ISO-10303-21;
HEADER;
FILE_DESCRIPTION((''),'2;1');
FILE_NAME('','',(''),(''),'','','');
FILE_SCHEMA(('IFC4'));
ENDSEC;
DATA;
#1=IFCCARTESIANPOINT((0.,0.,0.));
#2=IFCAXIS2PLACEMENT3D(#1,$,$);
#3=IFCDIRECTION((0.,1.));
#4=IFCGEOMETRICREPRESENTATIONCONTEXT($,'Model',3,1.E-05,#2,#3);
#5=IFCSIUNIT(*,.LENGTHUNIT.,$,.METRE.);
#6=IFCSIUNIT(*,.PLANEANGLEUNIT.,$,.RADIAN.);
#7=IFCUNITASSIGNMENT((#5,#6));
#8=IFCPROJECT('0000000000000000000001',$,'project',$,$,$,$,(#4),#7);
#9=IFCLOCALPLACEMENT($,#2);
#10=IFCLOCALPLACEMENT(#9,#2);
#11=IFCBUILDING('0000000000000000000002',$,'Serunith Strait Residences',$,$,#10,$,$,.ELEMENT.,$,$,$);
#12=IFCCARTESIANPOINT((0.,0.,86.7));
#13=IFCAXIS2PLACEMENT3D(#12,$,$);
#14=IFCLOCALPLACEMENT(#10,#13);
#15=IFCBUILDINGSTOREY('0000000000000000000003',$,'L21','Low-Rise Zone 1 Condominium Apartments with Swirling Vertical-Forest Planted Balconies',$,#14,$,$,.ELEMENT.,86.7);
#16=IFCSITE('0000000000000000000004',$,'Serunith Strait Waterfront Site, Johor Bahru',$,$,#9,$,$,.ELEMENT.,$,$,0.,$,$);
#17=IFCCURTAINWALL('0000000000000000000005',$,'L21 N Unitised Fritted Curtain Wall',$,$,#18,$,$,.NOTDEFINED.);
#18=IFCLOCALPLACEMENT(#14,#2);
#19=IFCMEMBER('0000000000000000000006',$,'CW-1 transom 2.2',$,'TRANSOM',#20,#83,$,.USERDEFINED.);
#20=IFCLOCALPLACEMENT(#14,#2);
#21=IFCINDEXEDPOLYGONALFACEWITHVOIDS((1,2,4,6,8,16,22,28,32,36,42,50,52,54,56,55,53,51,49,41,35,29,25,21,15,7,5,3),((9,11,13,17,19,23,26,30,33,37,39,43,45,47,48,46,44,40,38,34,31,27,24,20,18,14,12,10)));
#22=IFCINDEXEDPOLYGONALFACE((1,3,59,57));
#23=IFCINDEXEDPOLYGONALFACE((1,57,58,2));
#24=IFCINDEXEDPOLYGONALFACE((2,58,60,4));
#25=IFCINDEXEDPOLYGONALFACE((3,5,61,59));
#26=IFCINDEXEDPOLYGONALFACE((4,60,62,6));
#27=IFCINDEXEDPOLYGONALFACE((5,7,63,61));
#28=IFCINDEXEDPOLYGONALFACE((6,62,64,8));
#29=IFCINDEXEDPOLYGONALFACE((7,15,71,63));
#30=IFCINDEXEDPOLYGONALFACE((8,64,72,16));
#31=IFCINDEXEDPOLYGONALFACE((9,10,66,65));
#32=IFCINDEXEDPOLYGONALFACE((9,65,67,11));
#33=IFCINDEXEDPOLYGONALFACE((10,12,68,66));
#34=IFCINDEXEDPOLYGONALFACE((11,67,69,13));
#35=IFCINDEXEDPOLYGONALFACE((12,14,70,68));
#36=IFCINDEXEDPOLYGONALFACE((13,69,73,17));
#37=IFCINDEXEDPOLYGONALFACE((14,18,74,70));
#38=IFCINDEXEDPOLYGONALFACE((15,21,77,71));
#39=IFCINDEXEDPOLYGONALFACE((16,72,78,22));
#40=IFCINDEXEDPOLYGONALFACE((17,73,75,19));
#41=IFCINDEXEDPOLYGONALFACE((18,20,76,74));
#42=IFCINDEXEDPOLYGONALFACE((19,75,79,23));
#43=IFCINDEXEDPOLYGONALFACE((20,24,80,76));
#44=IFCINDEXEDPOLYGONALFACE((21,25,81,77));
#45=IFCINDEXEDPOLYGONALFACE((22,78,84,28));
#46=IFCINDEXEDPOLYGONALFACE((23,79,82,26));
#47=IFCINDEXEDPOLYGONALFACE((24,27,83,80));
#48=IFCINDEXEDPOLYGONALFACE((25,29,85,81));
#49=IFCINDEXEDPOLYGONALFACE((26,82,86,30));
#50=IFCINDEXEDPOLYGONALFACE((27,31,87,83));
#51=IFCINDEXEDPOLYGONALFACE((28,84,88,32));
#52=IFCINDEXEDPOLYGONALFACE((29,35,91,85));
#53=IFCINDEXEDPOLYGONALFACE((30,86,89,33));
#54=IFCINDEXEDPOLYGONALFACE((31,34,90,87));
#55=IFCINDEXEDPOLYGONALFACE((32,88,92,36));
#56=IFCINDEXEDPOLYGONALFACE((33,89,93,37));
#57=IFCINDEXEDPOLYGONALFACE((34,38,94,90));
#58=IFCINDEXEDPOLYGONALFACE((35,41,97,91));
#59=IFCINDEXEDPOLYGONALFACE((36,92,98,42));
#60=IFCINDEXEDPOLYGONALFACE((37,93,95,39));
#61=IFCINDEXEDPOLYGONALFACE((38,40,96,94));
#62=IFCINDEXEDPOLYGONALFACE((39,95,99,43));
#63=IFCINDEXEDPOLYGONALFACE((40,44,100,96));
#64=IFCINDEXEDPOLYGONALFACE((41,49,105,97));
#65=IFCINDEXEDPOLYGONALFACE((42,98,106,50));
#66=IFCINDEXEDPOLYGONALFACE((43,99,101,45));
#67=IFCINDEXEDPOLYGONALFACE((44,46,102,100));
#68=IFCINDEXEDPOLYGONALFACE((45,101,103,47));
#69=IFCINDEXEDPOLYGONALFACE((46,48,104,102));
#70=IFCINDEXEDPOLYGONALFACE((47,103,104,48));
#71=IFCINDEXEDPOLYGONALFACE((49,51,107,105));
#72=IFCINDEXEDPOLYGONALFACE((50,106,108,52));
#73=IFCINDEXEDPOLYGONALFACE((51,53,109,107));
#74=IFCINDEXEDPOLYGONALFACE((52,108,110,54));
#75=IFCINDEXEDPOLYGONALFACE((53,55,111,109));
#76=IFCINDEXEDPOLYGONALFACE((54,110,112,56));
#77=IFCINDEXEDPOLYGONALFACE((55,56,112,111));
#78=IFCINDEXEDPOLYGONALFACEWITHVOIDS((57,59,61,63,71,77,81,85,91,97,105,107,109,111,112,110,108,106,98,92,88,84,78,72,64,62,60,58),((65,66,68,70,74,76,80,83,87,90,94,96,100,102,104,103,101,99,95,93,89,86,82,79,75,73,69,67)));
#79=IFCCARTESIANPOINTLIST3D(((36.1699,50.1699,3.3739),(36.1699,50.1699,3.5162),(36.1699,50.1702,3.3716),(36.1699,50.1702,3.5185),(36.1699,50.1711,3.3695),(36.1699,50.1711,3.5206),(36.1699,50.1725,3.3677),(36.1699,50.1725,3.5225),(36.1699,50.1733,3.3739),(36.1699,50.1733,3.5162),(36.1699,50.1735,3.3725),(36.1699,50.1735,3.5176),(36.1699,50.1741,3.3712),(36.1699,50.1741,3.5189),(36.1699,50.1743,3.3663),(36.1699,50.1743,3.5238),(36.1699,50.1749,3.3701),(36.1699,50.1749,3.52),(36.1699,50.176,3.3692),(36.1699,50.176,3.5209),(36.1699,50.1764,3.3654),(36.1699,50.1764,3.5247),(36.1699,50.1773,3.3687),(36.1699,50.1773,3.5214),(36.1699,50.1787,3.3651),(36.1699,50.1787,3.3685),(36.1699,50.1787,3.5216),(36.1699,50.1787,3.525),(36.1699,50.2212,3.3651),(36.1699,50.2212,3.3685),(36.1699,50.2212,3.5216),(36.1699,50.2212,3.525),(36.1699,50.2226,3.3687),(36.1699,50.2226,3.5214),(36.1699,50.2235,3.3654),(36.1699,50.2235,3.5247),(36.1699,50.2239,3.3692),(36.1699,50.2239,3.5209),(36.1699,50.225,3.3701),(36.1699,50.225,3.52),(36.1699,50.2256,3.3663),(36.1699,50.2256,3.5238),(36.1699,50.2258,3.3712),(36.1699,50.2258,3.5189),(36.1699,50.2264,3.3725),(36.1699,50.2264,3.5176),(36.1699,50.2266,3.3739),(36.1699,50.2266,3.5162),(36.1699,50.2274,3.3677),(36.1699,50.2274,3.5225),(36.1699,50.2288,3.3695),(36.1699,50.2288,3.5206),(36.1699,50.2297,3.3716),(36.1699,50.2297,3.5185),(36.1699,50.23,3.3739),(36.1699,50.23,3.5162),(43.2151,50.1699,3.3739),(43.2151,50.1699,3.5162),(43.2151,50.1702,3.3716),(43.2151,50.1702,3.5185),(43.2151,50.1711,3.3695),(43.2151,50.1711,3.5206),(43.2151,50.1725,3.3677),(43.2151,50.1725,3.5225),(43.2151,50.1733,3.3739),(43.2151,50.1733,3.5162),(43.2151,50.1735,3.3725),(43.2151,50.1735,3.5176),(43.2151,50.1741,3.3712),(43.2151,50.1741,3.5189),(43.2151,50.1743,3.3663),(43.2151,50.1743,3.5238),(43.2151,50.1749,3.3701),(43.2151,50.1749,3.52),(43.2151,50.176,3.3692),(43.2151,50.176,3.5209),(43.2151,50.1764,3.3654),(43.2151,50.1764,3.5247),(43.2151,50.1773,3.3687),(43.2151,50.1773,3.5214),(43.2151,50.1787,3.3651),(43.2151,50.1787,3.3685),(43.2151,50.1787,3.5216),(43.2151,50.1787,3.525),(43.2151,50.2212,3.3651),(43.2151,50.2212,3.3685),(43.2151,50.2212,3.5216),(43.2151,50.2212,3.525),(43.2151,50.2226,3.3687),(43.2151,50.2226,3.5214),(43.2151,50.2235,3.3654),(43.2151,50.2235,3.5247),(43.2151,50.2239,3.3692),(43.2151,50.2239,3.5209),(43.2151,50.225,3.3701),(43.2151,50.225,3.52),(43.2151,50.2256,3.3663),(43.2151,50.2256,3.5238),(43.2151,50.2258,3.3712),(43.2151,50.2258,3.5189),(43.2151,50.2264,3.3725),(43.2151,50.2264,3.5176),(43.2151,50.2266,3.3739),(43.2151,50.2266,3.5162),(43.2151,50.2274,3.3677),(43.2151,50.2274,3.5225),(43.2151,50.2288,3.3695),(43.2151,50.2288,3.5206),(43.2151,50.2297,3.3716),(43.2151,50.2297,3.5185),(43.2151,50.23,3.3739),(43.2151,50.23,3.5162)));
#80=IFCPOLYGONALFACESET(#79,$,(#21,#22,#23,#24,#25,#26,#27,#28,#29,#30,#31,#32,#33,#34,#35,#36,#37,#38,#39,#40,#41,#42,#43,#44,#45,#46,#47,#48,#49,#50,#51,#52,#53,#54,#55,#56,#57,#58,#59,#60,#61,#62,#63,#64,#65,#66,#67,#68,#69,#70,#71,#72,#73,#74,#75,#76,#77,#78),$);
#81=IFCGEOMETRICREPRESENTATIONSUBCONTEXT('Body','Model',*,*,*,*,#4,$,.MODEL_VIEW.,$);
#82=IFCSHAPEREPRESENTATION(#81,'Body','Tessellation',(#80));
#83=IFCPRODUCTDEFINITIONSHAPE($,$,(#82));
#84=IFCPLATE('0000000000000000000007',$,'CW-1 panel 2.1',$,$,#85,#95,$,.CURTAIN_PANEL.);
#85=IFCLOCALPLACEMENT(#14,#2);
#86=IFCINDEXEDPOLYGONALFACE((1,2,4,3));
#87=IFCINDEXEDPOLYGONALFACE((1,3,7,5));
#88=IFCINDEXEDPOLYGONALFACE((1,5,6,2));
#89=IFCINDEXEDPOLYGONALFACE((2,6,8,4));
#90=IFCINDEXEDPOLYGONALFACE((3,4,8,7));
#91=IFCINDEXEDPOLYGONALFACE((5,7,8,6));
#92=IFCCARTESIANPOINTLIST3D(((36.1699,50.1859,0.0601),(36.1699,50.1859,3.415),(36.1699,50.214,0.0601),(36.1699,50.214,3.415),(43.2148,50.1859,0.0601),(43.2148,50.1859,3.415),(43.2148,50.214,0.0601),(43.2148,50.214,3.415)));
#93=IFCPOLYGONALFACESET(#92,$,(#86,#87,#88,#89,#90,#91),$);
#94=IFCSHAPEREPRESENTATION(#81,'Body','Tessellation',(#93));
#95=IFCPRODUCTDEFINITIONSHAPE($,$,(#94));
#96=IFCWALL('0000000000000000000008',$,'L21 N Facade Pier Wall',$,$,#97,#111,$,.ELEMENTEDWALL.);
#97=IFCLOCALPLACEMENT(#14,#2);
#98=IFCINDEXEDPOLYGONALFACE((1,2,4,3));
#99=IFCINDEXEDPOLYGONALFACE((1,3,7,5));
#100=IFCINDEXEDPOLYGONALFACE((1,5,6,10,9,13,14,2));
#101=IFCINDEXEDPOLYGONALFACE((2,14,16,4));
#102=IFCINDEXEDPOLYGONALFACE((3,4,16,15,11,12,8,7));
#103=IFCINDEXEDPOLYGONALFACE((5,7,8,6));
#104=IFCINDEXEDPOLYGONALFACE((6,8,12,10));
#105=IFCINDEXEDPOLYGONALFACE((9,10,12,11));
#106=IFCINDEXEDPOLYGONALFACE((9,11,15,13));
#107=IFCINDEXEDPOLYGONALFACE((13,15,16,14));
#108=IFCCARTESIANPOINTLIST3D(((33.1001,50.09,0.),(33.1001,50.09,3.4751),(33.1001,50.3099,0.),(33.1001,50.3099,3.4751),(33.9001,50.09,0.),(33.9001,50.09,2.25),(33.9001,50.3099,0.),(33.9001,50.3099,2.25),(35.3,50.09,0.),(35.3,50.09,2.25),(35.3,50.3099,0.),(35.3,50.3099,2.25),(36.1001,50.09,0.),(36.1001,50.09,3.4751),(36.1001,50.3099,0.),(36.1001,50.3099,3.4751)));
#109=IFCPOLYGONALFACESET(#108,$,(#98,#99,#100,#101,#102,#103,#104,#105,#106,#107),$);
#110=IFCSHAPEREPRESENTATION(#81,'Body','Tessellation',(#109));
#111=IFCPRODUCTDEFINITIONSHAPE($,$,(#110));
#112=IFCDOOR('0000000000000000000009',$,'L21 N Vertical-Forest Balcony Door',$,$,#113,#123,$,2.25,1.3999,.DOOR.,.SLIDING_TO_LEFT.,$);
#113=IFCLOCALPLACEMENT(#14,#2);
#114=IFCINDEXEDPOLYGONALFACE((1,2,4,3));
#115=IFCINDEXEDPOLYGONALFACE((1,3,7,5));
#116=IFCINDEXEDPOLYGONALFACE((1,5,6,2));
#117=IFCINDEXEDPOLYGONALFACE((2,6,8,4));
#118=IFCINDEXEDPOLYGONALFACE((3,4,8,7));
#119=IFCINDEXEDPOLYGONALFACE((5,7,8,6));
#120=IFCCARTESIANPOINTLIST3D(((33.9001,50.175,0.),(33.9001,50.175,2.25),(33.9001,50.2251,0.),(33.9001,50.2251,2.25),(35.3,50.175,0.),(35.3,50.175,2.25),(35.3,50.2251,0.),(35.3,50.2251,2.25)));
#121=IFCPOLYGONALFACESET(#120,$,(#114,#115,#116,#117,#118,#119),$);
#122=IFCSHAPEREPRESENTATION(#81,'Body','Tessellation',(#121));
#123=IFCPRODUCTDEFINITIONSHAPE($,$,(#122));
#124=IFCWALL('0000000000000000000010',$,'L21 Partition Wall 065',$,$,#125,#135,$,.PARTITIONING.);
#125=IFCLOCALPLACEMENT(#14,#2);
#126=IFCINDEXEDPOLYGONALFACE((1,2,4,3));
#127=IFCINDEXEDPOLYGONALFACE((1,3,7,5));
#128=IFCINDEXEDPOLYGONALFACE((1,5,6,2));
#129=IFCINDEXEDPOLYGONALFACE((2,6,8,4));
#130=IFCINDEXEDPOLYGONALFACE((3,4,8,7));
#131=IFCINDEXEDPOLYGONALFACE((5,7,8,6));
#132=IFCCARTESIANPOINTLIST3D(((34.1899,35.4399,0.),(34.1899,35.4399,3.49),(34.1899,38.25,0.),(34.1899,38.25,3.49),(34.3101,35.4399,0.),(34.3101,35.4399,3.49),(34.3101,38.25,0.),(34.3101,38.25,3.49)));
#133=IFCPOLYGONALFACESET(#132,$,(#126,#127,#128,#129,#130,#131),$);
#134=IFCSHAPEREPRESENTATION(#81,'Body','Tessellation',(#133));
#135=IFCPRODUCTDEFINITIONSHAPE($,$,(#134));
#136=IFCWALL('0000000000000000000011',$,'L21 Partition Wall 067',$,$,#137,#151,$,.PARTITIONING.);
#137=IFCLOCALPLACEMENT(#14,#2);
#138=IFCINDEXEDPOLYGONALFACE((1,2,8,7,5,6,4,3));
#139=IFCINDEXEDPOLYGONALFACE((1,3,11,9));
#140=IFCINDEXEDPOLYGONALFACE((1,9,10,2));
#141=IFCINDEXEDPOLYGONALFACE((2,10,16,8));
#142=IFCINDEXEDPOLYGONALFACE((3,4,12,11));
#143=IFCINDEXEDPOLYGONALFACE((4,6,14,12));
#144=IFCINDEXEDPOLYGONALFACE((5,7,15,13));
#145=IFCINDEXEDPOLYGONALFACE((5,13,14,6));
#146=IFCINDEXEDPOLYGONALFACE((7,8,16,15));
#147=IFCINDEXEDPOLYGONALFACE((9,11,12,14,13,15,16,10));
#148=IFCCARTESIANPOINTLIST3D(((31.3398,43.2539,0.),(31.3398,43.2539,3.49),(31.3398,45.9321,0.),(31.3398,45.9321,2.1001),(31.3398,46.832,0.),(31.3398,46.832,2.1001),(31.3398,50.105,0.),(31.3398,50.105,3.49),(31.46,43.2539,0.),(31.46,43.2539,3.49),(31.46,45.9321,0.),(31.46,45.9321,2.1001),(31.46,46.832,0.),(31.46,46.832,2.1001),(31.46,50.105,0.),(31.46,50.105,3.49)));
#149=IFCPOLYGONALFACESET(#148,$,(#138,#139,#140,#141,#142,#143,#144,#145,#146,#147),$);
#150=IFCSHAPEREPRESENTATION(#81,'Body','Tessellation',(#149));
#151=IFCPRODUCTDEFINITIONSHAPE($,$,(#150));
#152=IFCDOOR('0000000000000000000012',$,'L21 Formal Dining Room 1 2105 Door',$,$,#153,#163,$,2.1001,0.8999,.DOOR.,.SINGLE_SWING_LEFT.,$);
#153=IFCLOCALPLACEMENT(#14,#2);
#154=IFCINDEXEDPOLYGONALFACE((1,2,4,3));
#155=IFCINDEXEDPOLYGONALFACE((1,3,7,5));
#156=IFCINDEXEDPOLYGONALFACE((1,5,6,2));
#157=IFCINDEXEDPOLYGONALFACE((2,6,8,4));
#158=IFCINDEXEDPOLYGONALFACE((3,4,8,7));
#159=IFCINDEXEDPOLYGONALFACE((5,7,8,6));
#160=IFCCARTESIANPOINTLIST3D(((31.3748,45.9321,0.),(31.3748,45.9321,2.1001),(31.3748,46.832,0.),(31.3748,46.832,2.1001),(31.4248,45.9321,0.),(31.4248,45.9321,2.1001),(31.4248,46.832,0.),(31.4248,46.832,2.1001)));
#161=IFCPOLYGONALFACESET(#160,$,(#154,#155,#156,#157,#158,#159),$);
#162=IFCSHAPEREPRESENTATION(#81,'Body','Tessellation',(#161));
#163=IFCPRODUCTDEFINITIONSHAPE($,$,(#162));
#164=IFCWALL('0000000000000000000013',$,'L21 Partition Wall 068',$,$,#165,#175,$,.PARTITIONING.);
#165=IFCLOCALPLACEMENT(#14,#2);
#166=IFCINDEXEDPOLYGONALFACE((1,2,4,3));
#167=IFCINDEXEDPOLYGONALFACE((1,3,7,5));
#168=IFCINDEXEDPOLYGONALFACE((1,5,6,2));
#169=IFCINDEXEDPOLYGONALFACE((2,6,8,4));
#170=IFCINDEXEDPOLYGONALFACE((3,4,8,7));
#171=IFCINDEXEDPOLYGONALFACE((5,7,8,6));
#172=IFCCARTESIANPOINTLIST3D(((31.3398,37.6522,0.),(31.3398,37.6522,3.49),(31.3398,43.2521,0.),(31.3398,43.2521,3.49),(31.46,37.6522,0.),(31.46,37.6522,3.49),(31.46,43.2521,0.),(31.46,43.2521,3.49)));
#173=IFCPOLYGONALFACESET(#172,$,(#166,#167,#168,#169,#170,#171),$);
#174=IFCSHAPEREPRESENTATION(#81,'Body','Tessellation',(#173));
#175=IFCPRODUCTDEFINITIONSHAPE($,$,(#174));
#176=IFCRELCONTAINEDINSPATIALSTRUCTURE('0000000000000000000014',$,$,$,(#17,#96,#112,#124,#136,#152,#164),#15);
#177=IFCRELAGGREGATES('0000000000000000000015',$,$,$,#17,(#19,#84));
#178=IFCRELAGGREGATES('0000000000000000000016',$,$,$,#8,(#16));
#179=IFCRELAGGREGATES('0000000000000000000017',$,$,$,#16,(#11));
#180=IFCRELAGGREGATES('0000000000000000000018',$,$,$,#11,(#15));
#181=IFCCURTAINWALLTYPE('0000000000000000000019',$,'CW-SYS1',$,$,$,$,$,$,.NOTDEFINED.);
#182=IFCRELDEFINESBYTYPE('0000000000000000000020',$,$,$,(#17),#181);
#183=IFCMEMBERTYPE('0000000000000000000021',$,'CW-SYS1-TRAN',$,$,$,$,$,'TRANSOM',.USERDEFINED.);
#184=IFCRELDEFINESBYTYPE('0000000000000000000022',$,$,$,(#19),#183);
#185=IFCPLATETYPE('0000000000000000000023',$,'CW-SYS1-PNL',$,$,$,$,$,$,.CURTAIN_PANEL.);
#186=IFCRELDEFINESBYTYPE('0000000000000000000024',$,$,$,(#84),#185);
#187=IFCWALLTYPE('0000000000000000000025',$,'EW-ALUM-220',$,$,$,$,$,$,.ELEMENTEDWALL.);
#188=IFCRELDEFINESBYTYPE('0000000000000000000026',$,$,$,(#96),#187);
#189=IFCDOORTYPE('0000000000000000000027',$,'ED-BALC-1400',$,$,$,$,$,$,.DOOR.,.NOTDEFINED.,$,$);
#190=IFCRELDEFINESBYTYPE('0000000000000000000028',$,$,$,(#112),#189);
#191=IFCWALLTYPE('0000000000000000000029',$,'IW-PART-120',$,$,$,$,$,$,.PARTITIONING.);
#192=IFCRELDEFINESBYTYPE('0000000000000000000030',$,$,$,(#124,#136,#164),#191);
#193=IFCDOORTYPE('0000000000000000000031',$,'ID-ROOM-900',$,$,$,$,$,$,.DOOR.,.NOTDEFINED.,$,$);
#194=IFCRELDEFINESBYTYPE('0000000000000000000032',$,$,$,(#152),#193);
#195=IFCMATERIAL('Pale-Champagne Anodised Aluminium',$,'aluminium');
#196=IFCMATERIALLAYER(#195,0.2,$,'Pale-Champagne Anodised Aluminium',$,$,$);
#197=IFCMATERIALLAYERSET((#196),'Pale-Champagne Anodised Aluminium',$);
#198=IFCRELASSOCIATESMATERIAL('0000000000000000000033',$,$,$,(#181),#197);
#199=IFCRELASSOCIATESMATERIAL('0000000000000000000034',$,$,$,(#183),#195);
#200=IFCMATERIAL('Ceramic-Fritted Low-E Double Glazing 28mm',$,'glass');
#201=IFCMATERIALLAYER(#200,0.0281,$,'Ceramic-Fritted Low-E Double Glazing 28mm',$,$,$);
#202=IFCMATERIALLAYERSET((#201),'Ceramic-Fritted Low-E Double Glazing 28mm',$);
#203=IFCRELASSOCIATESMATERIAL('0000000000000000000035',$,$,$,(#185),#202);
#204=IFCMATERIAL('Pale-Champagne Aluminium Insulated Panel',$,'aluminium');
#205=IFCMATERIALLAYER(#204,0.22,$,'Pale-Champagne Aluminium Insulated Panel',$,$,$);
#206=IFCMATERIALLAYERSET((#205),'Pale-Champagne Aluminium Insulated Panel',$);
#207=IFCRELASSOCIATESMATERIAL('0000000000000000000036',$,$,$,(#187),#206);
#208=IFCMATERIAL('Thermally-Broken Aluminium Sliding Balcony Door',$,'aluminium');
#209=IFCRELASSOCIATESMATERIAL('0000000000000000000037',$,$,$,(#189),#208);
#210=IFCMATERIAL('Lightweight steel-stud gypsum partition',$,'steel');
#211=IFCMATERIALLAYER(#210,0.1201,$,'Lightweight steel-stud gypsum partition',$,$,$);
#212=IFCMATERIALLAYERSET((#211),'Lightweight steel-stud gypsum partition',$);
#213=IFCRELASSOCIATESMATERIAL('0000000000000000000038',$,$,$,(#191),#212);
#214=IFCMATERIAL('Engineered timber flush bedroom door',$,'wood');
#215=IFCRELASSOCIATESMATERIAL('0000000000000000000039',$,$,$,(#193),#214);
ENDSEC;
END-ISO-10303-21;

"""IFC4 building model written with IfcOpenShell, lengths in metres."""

from ifc_helpers import new_model, si_unit, direction, frame, frame_2d, origin, origin_2d, place, context, subcontext, project, spatial, rectangle, hollow_rectangle, extrude, source, transform, mapped, material, layer, layer_set, material_profile, profile_set, type_object, element, fill, aggregate, save


model = new_model("IFC4")

# Units and contexts
model_context = context("Model", 3, precision=1e-05, world=origin(), true_north=direction((0.0, 1.0)))
body_context = subcontext(model_context, "Body", "Model", "MODEL_VIEW")
ifc_project = project(units=[si_unit("LENGTHUNIT", "METRE"), si_unit("PLANEANGLEUNIT", "RADIAN")], contexts=[model_context])

# Site, building, storey
site_placement = place(None, origin())
site = spatial("IfcSite", under=ifc_project, at=site_placement, Name="Serunith Strait Waterfront Site, Johor Bahru", CompositionType="ELEMENT", RefElevation=0.0)
building_placement = place(site_placement, origin())
building = spatial("IfcBuilding", under=site, at=building_placement, Name="Serunith Strait Residences", CompositionType="ELEMENT")
storey_placement = place(building_placement, frame((0.0, 0.0, 86.7)))
storey = spatial("IfcBuildingStorey", under=building, at=storey_placement, Name="L21", Description="Low-Rise Zone 1 Condominium Apartments with Swirling Vertical-Forest Planted Balconies", CompositionType="ELEMENT", Elevation=86.7)

# Curtain wall
ifc_material_1 = material(Name="Pale-Champagne Anodised Aluminium", Category="aluminium")
ifc_layer_1 = layer(ifc_material_1, 0.2, Name="Pale-Champagne Anodised Aluminium")
ifc_layer_set_1 = layer_set([ifc_layer_1], Name="Pale-Champagne Anodised Aluminium")
curtain_wall_type = type_object("IfcCurtainWallType", Name="CW-SYS1", PredefinedType="NOTDEFINED", material=ifc_layer_set_1)
curtain_wall_1_placement = place(storey_placement, origin())
curtain_wall_1 = element("IfcCurtainWall", 1, at=curtain_wall_1_placement, inside=storey, type_object=curtain_wall_type, Name="L21 N Unitised Fritted Curtain Wall", PredefinedType="NOTDEFINED")
ifc_material_profile_1 = material_profile(ifc_material_1, hollow_rectangle(XDim=0.0601, YDim=0.1599, WallThickness=0.0034, InnerFilletRadius=0.0054, OuterFilletRadius=0.0088, at=origin_2d()), Name="ALU 160x60x3.5")
ifc_profile_set_1 = profile_set([ifc_material_profile_1], Name="Pale-Champagne Anodised Aluminium")
member_type_1 = type_object("IfcMemberType", Name="CW-SYS1-TRAN", ElementType="TRANSOM", PredefinedType="USERDEFINED", material=ifc_profile_set_1)

# Member
shared_shape_1 = source(origin(), body_context, "Body", "SweptSolid", [
    extrude(hollow_rectangle(XDim=0.0601, YDim=0.1599, WallThickness=0.0034, InnerFilletRadius=0.0054, OuterFilletRadius=0.0088, at=origin_2d()), origin(), (0.0, 0.0, 1.0), 7.0452),
])
member_1_placement = place(storey_placement, frame((43.2151, 50.2, 3.4451), z_axis=(-1.0, 0.0, 0.0), x_axis=(0.0, -1.0, 0.0)))
member_1 = element("IfcMember", 2, at=member_1_placement, type_object=member_type_1, Name="CW-1 transom 2.2", ObjectType="TRANSOM", PredefinedType="USERDEFINED", context=body_context, shape_type="MappedRepresentation", body=[
    mapped(shared_shape_1, transform((0.0, 0.0, 0.0), scale=1.0)),
])

# Plate
ifc_material_2 = material(Name="Ceramic-Fritted Low-E Double Glazing 28mm", Category="glass")
ifc_layer_2 = layer(ifc_material_2, 0.0281, Name="Ceramic-Fritted Low-E Double Glazing 28mm")
ifc_layer_set_2 = layer_set([ifc_layer_2], Name="Ceramic-Fritted Low-E Double Glazing 28mm")
plate_type = type_object("IfcPlateType", Name="CW-SYS1-PNL", PredefinedType="CURTAIN_PANEL", material=ifc_layer_set_2)
shared_shape_2 = source(origin(), body_context, "Body", "SweptSolid", [
    extrude(rectangle(XDim=7.0449, YDim=0.0281, at=origin_2d()), origin(), (0.0, 0.0, 1.0), 3.355),
])
plate_placement = place(storey_placement, frame((39.6924, 50.2, 0.0601), z_axis=(0.0, 0.0, 1.0), x_axis=(-1.0, 0.0, 0.0)))
plate = element("IfcPlate", 3, at=plate_placement, type_object=plate_type, Name="CW-1 panel 2.1", PredefinedType="CURTAIN_PANEL", context=body_context, shape_type="MappedRepresentation", body=[
    mapped(shared_shape_2, transform((0.0, 0.0, 0.0), scale=1.0)),
])
aggregate(curtain_wall_1, [member_1, plate])

# Wall, opening, door
ifc_material_3 = material(Name="Pale-Champagne Aluminium Insulated Panel", Category="aluminium")
ifc_layer_3 = layer(ifc_material_3, 0.22, Name="Pale-Champagne Aluminium Insulated Panel")
ifc_layer_set_3 = layer_set([ifc_layer_3], Name="Pale-Champagne Aluminium Insulated Panel")
wall_type_1 = type_object("IfcWallType", Name="EW-ALUM-220", PredefinedType="ELEMENTEDWALL", material=ifc_layer_set_3)
wall_1_placement = place(storey_placement, frame((36.1001, 50.2, 0.0), z_axis=(0.0, 0.0, 1.0), x_axis=(-1.0, 0.0, 0.0)))
wall_1 = element("IfcWall", 4, at=wall_1_placement, inside=storey, type_object=wall_type_1, Name="L21 N Facade Pier Wall", PredefinedType="ELEMENTEDWALL", context=body_context, shape_type="SweptSolid", body=[
    extrude(rectangle(XDim=3.0, YDim=0.22, at=frame_2d((1.5, 0.0))), origin(), (0.0, 0.0, 1.0), 3.4751),
])
opening_1_placement = place(wall_1_placement, frame((0.8, 0.0, 0.0)))
opening_1 = element("IfcOpeningElement", 5, at=opening_1_placement, cuts=wall_1, PredefinedType="OPENING", context=body_context, shape_type="SweptSolid", body=[
    extrude(rectangle(XDim=1.3999, YDim=2.25, at=frame_2d((0.7, 1.125))), frame((0.0, 0.1201, 0.0), z_axis=(0.0, -1.0, 0.0), x_axis=(1.0, 0.0, 0.0)), (0.0, 0.0, 1.0), 0.24),
])
ifc_material_4 = material(Name="Thermally-Broken Aluminium Sliding Balcony Door", Category="aluminium")
door_type_1 = type_object("IfcDoorType", Name="ED-BALC-1400", OperationType="NOTDEFINED", PredefinedType="DOOR", material=ifc_material_4)
shared_shape_3 = source(origin(), body_context, "Body", "SweptSolid", [
    extrude(rectangle(XDim=1.3999, YDim=2.25, at=frame_2d((0.7, 1.125))), frame((0.0, 0.0249, 0.0), z_axis=(0.0, -1.0, 0.0), x_axis=(1.0, 0.0, 0.0)), (0.0, 0.0, 1.0), 0.05),
])
door_1_placement = place(opening_1_placement, origin())
door_1 = element("IfcDoor", 6, at=door_1_placement, inside=storey, type_object=door_type_1, Name="L21 N Vertical-Forest Balcony Door", OperationType="SLIDING_TO_LEFT", OverallHeight=2.25, OverallWidth=1.3999, PredefinedType="DOOR", context=body_context, shape_type="MappedRepresentation", body=[
    mapped(shared_shape_3, transform((0.0, 0.0, 0.0), scale=1.0)),
])
fill(opening_1, door_1)

# Wall
ifc_material_5 = material(Name="Lightweight steel-stud gypsum partition", Category="steel")
ifc_layer_4 = layer(ifc_material_5, 0.1201, Name="Lightweight steel-stud gypsum partition")
ifc_layer_set_4 = layer_set([ifc_layer_4], Name="Lightweight steel-stud gypsum partition")
wall_type_2 = type_object("IfcWallType", Name="IW-PART-120", PredefinedType="PARTITIONING", material=ifc_layer_set_4)
wall_2_placement = place(storey_placement, frame((34.25, 38.25, 0.0), z_axis=(0.0, 0.0, 1.0), x_axis=(0.0, -1.0, 0.0)))
element("IfcWall", 7, at=wall_2_placement, inside=storey, type_object=wall_type_2, Name="L21 Partition Wall 065", PredefinedType="PARTITIONING", context=body_context, shape_type="SweptSolid", body=[
    extrude(rectangle(XDim=2.8101, YDim=0.1201, at=frame_2d((1.405, 0.0))), origin(), (0.0, 0.0, 1.0), 3.49),
])

# Wall, opening, door
wall_3_placement = place(storey_placement, frame((31.3999, 50.105, 0.0), z_axis=(0.0, 0.0, 1.0), x_axis=(0.0, -1.0, 0.0)))
wall_3 = element("IfcWall", 8, at=wall_3_placement, inside=storey, type_object=wall_type_2, Name="L21 Partition Wall 067", PredefinedType="PARTITIONING", context=body_context, shape_type="SweptSolid", body=[
    extrude(rectangle(XDim=6.8511, YDim=0.1201, at=frame_2d((3.4255, 0.0))), origin(), (0.0, 0.0, 1.0), 3.49),
])
opening_2_placement = place(wall_3_placement, frame((3.2729, 0.0, 0.0)))
opening_2 = element("IfcOpeningElement", 9, at=opening_2_placement, cuts=wall_3, PredefinedType="OPENING", context=body_context, shape_type="SweptSolid", body=[
    extrude(rectangle(XDim=0.8999, YDim=2.1001, at=frame_2d((0.45, 1.05))), frame((0.0, 0.0701, 0.0), z_axis=(0.0, -1.0, 0.0), x_axis=(1.0, 0.0, 0.0)), (0.0, 0.0, 1.0), 0.1401),
])
ifc_material_6 = material(Name="Engineered timber flush bedroom door", Category="wood")
door_type_2 = type_object("IfcDoorType", Name="ID-ROOM-900", OperationType="NOTDEFINED", PredefinedType="DOOR", material=ifc_material_6)
shared_shape_4 = source(origin(), body_context, "Body", "SweptSolid", [
    extrude(rectangle(XDim=0.8999, YDim=2.1001, at=frame_2d((0.45, 1.05))), frame((0.0, 0.0249, 0.0), z_axis=(0.0, -1.0, 0.0), x_axis=(1.0, 0.0, 0.0)), (0.0, 0.0, 1.0), 0.05),
])
door_2_placement = place(opening_2_placement, origin())
door_2 = element("IfcDoor", 10, at=door_2_placement, inside=storey, type_object=door_type_2, Name="L21 Formal Dining Room 1 2105 Door", OperationType="SINGLE_SWING_LEFT", OverallHeight=2.1001, OverallWidth=0.8999, PredefinedType="DOOR", context=body_context, shape_type="MappedRepresentation", body=[
    mapped(shared_shape_4, transform((0.0, 0.0, 0.0), scale=1.0)),
])
fill(opening_2, door_2)

# Wall
wall_4_placement = place(storey_placement, frame((31.3999, 43.252, 0.0), z_axis=(0.0, 0.0, 1.0), x_axis=(0.0, -1.0, 0.0)))
element("IfcWall", 11, at=wall_4_placement, inside=storey, type_object=wall_type_2, Name="L21 Partition Wall 068", PredefinedType="PARTITIONING", context=body_context, shape_type="SweptSolid", body=[
    extrude(rectangle(XDim=5.5999, YDim=0.1201, at=frame_2d((2.7998, 0.0))), origin(), (0.0, 0.0, 1.0), 3.49),
])

save(model, "model.ifc")
